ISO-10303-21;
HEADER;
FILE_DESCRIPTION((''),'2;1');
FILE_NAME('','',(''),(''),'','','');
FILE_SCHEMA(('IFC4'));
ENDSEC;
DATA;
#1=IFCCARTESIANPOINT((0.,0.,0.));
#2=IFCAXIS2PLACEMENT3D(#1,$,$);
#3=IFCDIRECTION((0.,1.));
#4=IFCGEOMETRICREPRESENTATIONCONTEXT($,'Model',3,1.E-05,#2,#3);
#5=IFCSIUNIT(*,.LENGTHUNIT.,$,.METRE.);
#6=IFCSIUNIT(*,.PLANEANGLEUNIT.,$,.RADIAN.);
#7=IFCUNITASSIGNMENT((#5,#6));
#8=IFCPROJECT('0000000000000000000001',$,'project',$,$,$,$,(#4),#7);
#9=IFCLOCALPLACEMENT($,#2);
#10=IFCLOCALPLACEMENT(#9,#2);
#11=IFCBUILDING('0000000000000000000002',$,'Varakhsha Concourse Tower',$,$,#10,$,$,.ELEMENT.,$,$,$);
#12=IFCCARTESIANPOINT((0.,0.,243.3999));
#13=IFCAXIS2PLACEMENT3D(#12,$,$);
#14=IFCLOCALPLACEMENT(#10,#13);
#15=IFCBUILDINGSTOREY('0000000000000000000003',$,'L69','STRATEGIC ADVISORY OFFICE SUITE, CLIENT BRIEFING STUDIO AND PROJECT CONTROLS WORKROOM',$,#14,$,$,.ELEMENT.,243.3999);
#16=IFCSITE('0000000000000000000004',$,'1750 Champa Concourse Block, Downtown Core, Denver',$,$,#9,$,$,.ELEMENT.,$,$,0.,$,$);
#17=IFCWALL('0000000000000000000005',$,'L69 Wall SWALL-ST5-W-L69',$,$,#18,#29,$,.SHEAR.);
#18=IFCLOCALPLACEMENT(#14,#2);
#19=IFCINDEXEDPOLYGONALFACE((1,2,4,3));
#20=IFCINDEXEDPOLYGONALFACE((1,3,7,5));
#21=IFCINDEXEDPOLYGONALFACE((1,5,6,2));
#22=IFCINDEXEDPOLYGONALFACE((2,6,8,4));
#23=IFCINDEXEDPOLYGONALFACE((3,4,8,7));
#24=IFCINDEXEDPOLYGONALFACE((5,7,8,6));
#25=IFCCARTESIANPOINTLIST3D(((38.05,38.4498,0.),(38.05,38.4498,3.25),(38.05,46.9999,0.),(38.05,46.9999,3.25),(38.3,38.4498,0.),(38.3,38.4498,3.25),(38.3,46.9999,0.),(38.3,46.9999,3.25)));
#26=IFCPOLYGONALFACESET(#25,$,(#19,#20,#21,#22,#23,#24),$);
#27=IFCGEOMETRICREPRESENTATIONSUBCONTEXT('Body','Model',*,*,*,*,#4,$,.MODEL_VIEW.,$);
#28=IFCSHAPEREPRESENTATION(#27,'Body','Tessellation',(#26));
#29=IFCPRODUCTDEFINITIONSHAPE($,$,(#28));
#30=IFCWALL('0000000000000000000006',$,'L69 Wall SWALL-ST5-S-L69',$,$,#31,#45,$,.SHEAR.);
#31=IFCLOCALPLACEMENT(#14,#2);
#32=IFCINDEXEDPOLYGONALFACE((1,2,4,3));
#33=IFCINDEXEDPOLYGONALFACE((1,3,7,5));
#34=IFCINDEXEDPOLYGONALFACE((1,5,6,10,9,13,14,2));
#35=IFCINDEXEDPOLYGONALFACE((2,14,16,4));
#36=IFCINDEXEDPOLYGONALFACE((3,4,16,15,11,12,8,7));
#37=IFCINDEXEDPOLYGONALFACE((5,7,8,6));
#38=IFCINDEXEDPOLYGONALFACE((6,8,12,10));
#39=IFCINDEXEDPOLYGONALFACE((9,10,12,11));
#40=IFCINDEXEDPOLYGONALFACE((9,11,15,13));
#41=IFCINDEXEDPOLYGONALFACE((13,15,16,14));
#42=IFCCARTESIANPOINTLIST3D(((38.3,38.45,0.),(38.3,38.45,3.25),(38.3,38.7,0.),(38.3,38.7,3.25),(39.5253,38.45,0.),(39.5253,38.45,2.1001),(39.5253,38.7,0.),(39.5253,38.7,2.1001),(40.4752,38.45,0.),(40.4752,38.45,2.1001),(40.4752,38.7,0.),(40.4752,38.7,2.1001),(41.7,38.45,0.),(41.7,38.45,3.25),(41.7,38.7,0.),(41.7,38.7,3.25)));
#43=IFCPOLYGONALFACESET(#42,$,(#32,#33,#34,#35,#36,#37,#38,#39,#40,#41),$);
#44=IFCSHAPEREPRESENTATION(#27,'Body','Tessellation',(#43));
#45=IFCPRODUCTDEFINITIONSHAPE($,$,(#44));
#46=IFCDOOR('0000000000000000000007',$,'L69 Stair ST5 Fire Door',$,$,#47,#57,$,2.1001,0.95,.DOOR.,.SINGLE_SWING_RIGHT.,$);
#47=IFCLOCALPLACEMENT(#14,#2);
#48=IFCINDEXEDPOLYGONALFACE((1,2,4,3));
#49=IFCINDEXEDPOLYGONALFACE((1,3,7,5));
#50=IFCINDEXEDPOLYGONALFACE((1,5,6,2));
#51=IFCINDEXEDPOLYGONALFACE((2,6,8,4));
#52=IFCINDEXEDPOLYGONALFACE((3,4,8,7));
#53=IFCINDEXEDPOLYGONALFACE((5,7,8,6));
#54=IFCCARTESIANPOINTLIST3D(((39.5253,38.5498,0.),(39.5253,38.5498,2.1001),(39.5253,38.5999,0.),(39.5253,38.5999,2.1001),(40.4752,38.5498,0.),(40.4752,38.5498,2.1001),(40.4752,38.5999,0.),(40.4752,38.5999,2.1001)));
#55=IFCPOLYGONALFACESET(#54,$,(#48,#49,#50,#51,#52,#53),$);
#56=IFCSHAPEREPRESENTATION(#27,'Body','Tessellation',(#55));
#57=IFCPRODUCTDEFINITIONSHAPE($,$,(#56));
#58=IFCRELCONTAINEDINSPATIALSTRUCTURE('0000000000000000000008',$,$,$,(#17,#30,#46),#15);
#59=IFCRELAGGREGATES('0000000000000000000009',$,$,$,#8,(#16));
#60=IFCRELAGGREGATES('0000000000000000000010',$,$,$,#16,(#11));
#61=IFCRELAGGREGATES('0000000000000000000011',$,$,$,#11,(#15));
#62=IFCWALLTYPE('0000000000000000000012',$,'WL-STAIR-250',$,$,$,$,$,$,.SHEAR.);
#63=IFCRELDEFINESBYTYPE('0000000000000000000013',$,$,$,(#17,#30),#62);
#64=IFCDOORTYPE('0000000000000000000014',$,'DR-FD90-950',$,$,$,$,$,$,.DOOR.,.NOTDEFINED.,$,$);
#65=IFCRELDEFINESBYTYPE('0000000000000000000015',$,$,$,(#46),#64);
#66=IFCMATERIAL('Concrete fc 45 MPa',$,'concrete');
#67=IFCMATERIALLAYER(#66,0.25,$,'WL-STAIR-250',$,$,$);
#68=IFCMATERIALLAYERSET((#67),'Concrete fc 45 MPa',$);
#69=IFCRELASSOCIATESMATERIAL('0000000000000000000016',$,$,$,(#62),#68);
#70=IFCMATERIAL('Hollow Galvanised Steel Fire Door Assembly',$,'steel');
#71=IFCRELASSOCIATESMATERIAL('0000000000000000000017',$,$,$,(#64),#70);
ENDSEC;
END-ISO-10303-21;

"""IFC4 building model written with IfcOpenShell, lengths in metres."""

from ifc_helpers import new_model, si_unit, direction, frame, frame_2d, origin, place, context, subcontext, project, spatial, rectangle, extrude, material, layer, layer_set, type_object, element, fill, save


model = new_model("IFC4")

# Units and contexts
model_context = context("Model", 3, precision=1e-05, world=origin(), true_north=direction((0.0, 1.0)))
body_context = subcontext(model_context, "Body", "Model", "MODEL_VIEW")
ifc_project = project(units=[si_unit("LENGTHUNIT", "METRE"), si_unit("PLANEANGLEUNIT", "RADIAN")], contexts=[model_context])

# Site, building, storey
site_placement = place(None, origin())
site = spatial("IfcSite", under=ifc_project, at=site_placement, Name="1750 Champa Concourse Block, Downtown Core, Denver", CompositionType="ELEMENT", RefElevation=0.0)
building_placement = place(site_placement, origin())
building = spatial("IfcBuilding", under=site, at=building_placement, Name="Varakhsha Concourse Tower", CompositionType="ELEMENT")
storey_placement = place(building_placement, frame((0.0, 0.0, 243.3999)))
storey = spatial("IfcBuildingStorey", under=building, at=storey_placement, Name="L69", Description="STRATEGIC ADVISORY OFFICE SUITE, CLIENT BRIEFING STUDIO AND PROJECT CONTROLS WORKROOM", CompositionType="ELEMENT", Elevation=243.3999)

# Shared definitions
ifc_material_1 = material(Name="Hollow Galvanised Steel Fire Door Assembly", Category="steel")

# Wall
ifc_material_2 = material(Name="Concrete fc 45 MPa", Category="concrete")
ifc_layer_1 = layer(ifc_material_2, 0.25, Name="WL-STAIR-250")
ifc_layer_set_1 = layer_set([ifc_layer_1], Name="Concrete fc 45 MPa")
wall_type_1 = type_object("IfcWallType", Name="WL-STAIR-250", PredefinedType="SHEAR", material=ifc_layer_set_1)
wall_1_placement = place(storey_placement, frame((38.175, 38.45, 0.0), z_axis=(0.0, 0.0, 1.0), x_axis=(0.0, 1.0, 0.0)))
element("IfcWall", 1, at=wall_1_placement, inside=storey, type_object=wall_type_1, Name="L69 Wall SWALL-ST5-W-L69", PredefinedType="SHEAR", context=body_context, shape_type="SweptSolid", body=[
    extrude(rectangle(XDim=8.55, YDim=0.25, at=frame_2d((4.2749, 0.0))), origin(), (0.0, 0.0, 1.0), 3.25),
])

# Wall, opening, door
wall_2_placement = place(storey_placement, frame((38.3, 38.575, 0.0), z_axis=(0.0, 0.0, 1.0), x_axis=(1.0, 0.0, 0.0)))
wall_2 = element("IfcWall", 2, at=wall_2_placement, inside=storey, type_object=wall_type_1, Name="L69 Wall SWALL-ST5-S-L69", PredefinedType="SHEAR", context=body_context, shape_type="SweptSolid", body=[
    extrude(rectangle(XDim=3.3999, YDim=0.25, at=frame_2d((1.7, 0.0))), origin(), (0.0, 0.0, 1.0), 3.25),
])
opening_1_placement = place(wall_2_placement, frame((1.2251, 0.0, 0.0)))
opening_1 = element("IfcOpeningElement", 3, at=opening_1_placement, cuts=wall_2, PredefinedType="OPENING", context=body_context, shape_type="SweptSolid", body=[
    extrude(rectangle(XDim=0.95, YDim=2.1001, at=frame_2d((0.4751, 1.05))), frame((0.0, 0.135, 0.0), z_axis=(0.0, -1.0, 0.0), x_axis=(1.0, 0.0, 0.0)), (0.0, 0.0, 1.0), 0.27),
])
door_type_1 = type_object("IfcDoorType", Name="DR-FD90-950", OperationType="NOTDEFINED", PredefinedType="DOOR", material=ifc_material_1)
door_1_placement = place(opening_1_placement, origin())
door_1 = element("IfcDoor", 4, at=door_1_placement, inside=storey, type_object=door_type_1, Name="L69 Stair ST5 Fire Door", OperationType="SINGLE_SWING_RIGHT", OverallHeight=2.1001, OverallWidth=0.95, PredefinedType="DOOR", context=body_context, shape_type="SweptSolid", body=[
    extrude(rectangle(XDim=0.95, YDim=2.1001, at=frame_2d((0.4751, 1.05))), frame((0.0, 0.0249, 0.0), z_axis=(0.0, -1.0, 0.0), x_axis=(1.0, 0.0, 0.0)), (0.0, 0.0, 1.0), 0.05),
])
fill(opening_1, door_1)

save(model, "model.ifc")
